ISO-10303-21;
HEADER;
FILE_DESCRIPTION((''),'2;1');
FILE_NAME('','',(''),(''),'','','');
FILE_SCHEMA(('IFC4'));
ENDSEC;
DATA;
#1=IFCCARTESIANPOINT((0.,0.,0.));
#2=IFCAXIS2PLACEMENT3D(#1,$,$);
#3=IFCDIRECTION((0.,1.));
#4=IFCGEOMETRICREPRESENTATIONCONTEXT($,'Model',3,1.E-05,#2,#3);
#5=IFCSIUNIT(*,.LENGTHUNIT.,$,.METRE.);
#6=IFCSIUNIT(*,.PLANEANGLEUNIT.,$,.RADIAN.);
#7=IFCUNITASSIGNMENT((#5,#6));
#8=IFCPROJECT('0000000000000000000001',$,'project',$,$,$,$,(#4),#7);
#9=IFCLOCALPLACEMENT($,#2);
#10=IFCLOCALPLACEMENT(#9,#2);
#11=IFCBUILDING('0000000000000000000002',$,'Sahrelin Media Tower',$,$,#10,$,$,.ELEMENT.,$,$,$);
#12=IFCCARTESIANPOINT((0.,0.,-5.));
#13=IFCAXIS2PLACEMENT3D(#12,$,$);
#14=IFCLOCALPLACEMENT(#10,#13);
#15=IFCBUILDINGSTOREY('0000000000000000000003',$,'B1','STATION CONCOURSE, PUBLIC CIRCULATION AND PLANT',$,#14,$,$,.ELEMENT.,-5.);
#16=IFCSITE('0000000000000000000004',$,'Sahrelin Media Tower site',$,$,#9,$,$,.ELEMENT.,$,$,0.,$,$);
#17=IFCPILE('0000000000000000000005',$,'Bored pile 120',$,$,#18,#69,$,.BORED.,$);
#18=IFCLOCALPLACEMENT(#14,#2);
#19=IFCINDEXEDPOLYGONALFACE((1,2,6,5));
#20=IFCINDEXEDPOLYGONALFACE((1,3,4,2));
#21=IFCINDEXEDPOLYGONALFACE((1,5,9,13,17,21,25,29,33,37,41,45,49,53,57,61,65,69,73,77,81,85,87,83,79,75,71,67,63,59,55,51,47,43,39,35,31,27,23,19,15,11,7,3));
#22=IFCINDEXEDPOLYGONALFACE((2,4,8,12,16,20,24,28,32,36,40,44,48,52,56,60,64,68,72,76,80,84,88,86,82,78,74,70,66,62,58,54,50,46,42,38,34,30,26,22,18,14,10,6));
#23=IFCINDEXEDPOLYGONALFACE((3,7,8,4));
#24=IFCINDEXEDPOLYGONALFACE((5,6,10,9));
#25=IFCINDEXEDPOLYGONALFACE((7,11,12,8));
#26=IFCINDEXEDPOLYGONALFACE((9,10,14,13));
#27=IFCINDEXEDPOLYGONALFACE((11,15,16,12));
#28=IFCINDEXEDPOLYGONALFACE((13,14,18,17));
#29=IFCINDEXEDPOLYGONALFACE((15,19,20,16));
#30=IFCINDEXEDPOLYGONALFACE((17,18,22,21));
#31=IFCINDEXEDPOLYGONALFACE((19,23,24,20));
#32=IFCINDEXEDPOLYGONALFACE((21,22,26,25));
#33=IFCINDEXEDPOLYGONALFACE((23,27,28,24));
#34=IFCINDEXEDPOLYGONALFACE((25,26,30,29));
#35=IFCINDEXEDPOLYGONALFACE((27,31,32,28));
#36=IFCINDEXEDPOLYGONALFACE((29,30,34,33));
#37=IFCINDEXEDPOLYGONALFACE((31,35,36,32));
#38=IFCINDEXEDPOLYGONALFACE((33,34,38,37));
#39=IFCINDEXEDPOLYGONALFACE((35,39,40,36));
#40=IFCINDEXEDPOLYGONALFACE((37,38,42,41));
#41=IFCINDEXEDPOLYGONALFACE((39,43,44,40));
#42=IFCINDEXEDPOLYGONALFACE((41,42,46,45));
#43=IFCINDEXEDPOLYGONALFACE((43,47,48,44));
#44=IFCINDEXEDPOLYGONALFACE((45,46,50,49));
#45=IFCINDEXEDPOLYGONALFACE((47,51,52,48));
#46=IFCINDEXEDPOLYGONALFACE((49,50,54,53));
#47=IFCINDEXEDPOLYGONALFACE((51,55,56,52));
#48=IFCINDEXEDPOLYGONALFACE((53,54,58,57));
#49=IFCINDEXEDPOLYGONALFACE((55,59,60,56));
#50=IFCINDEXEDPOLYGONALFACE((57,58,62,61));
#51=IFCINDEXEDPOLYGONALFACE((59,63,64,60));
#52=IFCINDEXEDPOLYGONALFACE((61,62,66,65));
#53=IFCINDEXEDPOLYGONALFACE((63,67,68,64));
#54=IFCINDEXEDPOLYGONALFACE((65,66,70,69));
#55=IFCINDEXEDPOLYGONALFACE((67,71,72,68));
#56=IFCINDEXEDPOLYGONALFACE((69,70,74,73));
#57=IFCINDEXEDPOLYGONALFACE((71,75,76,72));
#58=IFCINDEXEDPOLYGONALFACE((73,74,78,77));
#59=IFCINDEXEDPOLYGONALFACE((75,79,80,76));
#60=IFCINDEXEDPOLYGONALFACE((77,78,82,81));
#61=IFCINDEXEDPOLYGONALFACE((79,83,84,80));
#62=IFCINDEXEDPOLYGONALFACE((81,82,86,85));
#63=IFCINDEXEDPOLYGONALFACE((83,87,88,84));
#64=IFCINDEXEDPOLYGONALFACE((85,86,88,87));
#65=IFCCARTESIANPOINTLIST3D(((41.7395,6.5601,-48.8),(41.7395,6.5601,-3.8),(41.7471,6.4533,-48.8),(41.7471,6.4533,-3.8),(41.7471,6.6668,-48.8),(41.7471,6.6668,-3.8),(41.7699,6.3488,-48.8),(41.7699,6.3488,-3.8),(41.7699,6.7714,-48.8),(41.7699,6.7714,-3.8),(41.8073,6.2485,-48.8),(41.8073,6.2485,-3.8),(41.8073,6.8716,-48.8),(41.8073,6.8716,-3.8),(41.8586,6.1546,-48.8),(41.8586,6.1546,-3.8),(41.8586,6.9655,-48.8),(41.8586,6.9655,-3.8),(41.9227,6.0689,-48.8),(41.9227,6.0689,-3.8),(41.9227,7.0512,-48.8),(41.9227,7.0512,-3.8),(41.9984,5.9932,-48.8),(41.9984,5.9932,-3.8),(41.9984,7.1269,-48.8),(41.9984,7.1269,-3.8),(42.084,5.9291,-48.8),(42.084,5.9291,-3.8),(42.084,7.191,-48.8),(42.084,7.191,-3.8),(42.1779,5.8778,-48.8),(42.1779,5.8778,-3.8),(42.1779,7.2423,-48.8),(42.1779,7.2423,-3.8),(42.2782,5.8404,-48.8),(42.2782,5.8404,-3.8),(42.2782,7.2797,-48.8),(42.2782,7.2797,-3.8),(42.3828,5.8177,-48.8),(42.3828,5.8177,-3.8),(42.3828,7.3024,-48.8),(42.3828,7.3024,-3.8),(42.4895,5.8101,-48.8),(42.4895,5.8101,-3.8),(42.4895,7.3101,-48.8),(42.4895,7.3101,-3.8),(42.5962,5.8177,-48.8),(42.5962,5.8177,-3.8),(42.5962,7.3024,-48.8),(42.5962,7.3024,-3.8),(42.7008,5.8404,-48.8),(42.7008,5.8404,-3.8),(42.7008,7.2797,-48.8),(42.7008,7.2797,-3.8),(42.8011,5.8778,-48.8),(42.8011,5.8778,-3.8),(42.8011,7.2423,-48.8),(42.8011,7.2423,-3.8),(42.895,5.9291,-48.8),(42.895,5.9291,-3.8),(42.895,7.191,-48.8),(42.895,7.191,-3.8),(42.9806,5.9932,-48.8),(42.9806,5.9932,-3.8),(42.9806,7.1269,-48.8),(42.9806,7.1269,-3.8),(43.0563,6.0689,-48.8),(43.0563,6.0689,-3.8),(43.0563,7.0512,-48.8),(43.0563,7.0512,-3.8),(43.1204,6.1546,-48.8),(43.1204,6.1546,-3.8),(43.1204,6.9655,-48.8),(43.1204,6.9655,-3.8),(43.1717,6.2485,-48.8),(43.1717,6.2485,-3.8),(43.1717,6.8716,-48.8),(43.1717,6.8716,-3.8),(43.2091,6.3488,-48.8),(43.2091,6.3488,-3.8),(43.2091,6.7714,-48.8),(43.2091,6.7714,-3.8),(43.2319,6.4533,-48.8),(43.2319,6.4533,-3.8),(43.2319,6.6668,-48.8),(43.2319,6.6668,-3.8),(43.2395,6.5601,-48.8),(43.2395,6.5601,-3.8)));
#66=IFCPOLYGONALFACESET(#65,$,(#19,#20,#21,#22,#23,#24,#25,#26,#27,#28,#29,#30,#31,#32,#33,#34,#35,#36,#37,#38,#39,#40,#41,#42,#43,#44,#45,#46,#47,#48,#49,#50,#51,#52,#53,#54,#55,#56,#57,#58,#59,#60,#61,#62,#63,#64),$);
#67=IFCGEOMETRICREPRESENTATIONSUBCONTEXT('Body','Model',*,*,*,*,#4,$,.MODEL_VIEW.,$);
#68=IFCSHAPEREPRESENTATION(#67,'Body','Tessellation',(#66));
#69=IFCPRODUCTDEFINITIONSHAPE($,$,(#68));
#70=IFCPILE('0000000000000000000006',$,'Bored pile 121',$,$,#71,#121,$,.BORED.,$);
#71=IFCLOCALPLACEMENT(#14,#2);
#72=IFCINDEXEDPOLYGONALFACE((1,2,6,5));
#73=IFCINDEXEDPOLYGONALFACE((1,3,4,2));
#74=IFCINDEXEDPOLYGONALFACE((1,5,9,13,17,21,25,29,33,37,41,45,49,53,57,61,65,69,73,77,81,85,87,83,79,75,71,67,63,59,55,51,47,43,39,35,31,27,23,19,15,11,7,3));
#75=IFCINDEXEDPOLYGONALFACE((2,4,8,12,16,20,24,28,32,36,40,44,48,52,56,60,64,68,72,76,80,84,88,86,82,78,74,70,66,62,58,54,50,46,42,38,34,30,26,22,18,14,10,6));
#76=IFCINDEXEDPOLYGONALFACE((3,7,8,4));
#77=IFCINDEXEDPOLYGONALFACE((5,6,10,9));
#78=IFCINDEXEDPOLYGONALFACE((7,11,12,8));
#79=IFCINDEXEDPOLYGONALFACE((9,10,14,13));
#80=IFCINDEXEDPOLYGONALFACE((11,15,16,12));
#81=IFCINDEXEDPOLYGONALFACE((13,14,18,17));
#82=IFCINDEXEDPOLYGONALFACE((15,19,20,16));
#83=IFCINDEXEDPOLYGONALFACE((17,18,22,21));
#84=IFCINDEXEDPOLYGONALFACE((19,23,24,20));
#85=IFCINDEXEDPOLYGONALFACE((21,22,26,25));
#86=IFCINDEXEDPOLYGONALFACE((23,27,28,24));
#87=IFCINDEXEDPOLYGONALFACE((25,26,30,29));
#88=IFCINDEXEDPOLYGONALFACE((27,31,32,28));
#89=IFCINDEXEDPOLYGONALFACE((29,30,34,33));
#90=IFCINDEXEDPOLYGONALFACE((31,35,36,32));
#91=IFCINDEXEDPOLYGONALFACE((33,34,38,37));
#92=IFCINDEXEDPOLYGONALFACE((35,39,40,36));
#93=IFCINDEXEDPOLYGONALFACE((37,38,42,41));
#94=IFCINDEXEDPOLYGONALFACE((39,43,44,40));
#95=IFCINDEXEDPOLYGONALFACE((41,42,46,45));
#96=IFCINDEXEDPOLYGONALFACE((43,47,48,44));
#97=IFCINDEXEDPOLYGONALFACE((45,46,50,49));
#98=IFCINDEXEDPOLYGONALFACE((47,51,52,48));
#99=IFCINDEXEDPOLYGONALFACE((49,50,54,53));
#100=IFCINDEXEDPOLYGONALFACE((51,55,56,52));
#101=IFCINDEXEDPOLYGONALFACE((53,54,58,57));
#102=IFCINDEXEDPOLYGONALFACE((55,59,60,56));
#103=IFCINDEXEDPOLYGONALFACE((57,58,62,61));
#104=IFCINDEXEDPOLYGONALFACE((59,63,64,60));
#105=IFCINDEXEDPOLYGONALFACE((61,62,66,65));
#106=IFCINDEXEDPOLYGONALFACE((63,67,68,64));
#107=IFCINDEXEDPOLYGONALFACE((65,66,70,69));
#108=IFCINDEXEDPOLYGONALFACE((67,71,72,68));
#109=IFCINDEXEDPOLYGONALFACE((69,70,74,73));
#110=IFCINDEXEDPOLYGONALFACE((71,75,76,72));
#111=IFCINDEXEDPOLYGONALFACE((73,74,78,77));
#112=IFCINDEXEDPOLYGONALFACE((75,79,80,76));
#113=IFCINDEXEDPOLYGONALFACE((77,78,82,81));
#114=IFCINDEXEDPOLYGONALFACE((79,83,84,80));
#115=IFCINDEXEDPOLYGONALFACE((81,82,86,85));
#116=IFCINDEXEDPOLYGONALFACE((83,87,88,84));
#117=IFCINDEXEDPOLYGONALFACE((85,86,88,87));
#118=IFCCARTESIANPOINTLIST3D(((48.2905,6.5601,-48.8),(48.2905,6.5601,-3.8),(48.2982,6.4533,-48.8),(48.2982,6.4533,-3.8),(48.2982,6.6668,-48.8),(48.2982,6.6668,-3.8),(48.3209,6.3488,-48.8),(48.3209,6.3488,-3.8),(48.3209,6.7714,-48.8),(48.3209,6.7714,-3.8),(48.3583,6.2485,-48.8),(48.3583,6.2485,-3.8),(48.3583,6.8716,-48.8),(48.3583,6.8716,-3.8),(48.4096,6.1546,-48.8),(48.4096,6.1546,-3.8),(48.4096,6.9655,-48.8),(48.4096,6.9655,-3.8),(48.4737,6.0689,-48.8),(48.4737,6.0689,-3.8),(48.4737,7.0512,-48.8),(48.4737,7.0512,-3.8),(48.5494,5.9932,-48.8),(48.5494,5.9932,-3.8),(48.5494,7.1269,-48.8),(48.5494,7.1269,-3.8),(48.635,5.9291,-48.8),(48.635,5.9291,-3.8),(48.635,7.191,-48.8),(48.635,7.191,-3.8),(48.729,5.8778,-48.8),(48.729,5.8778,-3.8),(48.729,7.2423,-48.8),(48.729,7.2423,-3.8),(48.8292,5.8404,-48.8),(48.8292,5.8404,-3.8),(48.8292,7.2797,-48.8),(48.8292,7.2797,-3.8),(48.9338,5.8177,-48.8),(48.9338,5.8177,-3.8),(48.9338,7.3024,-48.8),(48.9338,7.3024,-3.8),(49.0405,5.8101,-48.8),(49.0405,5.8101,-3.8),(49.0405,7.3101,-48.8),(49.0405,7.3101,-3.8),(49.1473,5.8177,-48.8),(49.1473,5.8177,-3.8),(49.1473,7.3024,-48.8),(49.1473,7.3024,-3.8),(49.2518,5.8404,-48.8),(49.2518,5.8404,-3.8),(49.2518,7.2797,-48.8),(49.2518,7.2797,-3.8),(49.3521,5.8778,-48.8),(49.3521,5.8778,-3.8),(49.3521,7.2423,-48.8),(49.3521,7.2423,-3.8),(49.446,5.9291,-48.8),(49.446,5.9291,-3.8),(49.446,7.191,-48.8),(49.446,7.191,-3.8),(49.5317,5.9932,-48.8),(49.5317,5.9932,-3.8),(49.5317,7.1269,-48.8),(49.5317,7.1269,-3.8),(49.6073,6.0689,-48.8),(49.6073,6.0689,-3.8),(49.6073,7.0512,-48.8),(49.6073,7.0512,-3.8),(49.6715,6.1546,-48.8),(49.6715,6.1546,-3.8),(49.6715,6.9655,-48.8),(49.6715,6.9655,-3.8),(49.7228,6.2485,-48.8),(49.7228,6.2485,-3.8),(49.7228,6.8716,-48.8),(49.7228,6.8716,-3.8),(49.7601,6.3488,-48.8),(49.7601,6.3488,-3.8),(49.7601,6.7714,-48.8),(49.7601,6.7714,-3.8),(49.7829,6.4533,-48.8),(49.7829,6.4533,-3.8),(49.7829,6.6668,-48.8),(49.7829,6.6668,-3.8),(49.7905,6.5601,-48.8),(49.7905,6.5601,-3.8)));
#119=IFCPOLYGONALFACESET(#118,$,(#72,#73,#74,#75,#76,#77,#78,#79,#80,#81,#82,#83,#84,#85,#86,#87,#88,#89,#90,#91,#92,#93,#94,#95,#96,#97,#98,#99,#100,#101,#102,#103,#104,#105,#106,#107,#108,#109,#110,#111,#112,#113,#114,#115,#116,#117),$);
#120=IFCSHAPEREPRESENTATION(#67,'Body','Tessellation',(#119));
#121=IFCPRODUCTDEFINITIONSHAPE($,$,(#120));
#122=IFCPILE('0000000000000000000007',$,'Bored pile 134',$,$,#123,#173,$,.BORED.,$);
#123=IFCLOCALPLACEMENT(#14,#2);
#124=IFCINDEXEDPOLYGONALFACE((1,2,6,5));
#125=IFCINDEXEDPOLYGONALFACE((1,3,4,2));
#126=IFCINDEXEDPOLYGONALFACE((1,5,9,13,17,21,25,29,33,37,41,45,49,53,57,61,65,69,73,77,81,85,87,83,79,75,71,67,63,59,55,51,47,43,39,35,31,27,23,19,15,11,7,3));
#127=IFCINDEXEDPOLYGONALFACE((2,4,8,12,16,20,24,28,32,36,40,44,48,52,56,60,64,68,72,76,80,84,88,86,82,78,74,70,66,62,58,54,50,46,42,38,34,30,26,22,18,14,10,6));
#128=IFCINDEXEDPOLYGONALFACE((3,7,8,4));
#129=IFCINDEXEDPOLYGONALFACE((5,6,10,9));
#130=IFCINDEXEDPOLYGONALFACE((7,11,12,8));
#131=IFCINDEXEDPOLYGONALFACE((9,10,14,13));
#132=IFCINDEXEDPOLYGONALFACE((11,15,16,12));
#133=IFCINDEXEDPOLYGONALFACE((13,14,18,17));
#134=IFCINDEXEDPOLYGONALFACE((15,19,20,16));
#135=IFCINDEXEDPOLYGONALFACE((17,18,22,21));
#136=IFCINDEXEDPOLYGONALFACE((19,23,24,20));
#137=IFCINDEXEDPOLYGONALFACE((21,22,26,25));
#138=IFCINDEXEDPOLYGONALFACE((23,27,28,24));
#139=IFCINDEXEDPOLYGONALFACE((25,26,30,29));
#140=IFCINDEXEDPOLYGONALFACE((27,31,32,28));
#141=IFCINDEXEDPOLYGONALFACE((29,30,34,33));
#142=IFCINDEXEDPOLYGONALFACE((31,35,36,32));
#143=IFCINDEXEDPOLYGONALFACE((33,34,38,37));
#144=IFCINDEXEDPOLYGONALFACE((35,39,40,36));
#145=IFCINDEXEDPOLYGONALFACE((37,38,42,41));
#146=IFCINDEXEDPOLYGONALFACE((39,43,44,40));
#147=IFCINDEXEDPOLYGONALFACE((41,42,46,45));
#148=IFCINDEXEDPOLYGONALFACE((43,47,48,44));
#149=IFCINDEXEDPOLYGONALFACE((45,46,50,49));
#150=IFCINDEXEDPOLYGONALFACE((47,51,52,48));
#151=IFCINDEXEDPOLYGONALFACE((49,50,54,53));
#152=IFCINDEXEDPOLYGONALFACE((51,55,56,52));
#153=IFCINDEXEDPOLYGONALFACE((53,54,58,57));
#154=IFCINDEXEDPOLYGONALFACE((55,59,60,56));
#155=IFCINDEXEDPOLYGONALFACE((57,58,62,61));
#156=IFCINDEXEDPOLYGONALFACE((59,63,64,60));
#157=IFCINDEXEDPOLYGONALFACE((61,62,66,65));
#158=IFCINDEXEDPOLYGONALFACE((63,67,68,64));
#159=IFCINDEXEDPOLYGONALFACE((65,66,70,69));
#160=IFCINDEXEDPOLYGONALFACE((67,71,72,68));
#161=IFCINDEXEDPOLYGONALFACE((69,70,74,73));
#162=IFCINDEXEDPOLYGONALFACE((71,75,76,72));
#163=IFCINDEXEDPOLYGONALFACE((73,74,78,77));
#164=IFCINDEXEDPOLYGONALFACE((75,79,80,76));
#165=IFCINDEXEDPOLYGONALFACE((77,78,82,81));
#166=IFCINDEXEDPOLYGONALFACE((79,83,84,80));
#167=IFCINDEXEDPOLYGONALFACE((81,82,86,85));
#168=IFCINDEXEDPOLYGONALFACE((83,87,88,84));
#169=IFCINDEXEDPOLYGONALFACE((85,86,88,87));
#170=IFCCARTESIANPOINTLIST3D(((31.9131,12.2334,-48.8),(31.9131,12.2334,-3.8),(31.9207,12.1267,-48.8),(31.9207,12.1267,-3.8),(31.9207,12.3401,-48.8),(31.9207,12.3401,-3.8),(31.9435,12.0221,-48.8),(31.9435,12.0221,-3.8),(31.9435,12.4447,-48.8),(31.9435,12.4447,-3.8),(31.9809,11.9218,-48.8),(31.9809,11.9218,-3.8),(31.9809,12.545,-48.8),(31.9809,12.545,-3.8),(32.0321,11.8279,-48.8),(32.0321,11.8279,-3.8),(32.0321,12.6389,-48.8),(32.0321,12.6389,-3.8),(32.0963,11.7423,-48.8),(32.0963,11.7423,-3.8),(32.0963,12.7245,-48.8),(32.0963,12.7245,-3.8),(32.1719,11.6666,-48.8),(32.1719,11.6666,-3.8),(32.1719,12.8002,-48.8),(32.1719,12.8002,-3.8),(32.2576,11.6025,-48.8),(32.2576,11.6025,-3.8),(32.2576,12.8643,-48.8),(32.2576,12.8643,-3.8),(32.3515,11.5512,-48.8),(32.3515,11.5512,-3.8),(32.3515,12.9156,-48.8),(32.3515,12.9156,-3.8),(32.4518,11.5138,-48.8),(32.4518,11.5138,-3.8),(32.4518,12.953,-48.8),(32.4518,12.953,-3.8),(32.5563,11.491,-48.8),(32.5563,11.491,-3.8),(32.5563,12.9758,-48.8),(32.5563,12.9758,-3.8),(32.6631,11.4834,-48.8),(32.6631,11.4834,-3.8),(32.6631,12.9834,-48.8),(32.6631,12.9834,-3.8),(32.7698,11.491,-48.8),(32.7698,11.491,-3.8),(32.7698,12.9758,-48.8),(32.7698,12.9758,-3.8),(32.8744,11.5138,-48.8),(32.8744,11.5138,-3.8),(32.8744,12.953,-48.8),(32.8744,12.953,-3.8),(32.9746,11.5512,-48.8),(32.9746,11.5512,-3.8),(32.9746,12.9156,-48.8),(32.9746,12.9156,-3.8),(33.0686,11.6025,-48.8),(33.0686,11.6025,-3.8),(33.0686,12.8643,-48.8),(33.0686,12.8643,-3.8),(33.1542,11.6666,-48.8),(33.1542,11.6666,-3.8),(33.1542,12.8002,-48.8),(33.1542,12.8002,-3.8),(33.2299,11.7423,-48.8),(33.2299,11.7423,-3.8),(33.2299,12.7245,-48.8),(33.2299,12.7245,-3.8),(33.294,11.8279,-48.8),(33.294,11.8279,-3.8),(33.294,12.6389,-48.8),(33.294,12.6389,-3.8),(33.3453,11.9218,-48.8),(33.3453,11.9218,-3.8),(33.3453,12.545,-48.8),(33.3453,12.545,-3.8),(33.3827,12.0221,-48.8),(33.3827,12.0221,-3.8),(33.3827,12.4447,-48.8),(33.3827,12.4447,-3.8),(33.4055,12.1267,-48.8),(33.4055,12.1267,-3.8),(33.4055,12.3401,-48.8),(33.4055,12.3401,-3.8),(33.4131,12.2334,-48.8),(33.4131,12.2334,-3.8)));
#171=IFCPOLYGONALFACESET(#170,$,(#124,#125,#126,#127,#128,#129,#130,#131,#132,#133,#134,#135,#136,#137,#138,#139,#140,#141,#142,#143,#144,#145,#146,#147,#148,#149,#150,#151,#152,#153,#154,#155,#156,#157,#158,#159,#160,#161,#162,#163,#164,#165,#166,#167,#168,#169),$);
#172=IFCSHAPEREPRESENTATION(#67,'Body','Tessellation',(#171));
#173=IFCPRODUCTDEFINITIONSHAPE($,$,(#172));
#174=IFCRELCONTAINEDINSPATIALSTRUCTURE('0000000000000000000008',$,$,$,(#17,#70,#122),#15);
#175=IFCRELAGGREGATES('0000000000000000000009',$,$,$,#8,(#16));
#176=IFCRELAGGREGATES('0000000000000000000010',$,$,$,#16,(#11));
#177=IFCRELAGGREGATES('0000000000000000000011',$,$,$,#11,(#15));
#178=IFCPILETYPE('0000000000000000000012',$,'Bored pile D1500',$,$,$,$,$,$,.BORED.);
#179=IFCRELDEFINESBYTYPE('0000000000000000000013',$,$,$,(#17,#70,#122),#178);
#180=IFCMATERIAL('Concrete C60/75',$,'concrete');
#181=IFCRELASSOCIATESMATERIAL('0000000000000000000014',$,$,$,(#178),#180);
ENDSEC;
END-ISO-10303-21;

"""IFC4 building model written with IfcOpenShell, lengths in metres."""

from ifc_helpers import new_model, si_unit, direction, frame, origin, origin_2d, place, context, subcontext, project, spatial, circle, extrude, material, material_profile, profile_set, type_object, element, save


model = new_model("IFC4")

# Units and contexts
model_context = context("Model", 3, precision=1e-05, world=origin(), true_north=direction((0.0, 1.0)))
body_context = subcontext(model_context, "Body", "Model", "MODEL_VIEW")
ifc_project = project(units=[si_unit("LENGTHUNIT", "METRE"), si_unit("PLANEANGLEUNIT", "RADIAN")], contexts=[model_context])

# Site, building, storey
site_placement = place(None, origin())
site = spatial("IfcSite", under=ifc_project, at=site_placement, Name="Sahrelin Media Tower site", CompositionType="ELEMENT", RefElevation=0.0)
building_placement = place(site_placement, origin())
building = spatial("IfcBuilding", under=site, at=building_placement, Name="Sahrelin Media Tower", CompositionType="ELEMENT")
storey_placement = place(building_placement, frame((0.0, 0.0, -5.0)))
storey = spatial("IfcBuildingStorey", under=building, at=storey_placement, Name="B1", Description="STATION CONCOURSE, PUBLIC CIRCULATION AND PLANT", CompositionType="ELEMENT", Elevation=-5.0)

# Piles
ifc_material_1 = material(Name="Concrete C60/75", Category="concrete")
ifc_material_profile_1 = material_profile(ifc_material_1, circle(Radius=0.75, at=origin_2d()), Name="Bored pile D1500")
ifc_profile_set_1 = profile_set([ifc_material_profile_1], Name="Concrete C60/75")
pile_type = type_object("IfcPileType", Name="Bored pile D1500", PredefinedType="BORED", material=ifc_profile_set_1)
for number, where, z_axis, x_axis, name in (
    (1, (42.4895, 6.5601, -3.8), (0.0, 0.0, -1.0), (1.0, 0.0, 0.0), "Bored pile 120"),
    (2, (49.0405, 6.5601, -3.8), (0.0, 0.0, -1.0), (1.0, 0.0, 0.0), "Bored pile 121"),
    (3, (32.6631, 12.2334, -3.8), (0.0, 0.0, -1.0), (1.0, 0.0, 0.0), "Bored pile 134"),
):
    element("IfcPile", number, at=place(storey_placement, frame(where, z_axis=z_axis, x_axis=x_axis)), inside=storey, type_object=pile_type, Name=name, PredefinedType="BORED", context=body_context, shape_type="SweptSolid", body=[
        extrude(circle(Radius=0.75, at=origin_2d()), origin(), (0.0, 0.0, 1.0), 45.0),
    ])

save(model, "model.ifc")
